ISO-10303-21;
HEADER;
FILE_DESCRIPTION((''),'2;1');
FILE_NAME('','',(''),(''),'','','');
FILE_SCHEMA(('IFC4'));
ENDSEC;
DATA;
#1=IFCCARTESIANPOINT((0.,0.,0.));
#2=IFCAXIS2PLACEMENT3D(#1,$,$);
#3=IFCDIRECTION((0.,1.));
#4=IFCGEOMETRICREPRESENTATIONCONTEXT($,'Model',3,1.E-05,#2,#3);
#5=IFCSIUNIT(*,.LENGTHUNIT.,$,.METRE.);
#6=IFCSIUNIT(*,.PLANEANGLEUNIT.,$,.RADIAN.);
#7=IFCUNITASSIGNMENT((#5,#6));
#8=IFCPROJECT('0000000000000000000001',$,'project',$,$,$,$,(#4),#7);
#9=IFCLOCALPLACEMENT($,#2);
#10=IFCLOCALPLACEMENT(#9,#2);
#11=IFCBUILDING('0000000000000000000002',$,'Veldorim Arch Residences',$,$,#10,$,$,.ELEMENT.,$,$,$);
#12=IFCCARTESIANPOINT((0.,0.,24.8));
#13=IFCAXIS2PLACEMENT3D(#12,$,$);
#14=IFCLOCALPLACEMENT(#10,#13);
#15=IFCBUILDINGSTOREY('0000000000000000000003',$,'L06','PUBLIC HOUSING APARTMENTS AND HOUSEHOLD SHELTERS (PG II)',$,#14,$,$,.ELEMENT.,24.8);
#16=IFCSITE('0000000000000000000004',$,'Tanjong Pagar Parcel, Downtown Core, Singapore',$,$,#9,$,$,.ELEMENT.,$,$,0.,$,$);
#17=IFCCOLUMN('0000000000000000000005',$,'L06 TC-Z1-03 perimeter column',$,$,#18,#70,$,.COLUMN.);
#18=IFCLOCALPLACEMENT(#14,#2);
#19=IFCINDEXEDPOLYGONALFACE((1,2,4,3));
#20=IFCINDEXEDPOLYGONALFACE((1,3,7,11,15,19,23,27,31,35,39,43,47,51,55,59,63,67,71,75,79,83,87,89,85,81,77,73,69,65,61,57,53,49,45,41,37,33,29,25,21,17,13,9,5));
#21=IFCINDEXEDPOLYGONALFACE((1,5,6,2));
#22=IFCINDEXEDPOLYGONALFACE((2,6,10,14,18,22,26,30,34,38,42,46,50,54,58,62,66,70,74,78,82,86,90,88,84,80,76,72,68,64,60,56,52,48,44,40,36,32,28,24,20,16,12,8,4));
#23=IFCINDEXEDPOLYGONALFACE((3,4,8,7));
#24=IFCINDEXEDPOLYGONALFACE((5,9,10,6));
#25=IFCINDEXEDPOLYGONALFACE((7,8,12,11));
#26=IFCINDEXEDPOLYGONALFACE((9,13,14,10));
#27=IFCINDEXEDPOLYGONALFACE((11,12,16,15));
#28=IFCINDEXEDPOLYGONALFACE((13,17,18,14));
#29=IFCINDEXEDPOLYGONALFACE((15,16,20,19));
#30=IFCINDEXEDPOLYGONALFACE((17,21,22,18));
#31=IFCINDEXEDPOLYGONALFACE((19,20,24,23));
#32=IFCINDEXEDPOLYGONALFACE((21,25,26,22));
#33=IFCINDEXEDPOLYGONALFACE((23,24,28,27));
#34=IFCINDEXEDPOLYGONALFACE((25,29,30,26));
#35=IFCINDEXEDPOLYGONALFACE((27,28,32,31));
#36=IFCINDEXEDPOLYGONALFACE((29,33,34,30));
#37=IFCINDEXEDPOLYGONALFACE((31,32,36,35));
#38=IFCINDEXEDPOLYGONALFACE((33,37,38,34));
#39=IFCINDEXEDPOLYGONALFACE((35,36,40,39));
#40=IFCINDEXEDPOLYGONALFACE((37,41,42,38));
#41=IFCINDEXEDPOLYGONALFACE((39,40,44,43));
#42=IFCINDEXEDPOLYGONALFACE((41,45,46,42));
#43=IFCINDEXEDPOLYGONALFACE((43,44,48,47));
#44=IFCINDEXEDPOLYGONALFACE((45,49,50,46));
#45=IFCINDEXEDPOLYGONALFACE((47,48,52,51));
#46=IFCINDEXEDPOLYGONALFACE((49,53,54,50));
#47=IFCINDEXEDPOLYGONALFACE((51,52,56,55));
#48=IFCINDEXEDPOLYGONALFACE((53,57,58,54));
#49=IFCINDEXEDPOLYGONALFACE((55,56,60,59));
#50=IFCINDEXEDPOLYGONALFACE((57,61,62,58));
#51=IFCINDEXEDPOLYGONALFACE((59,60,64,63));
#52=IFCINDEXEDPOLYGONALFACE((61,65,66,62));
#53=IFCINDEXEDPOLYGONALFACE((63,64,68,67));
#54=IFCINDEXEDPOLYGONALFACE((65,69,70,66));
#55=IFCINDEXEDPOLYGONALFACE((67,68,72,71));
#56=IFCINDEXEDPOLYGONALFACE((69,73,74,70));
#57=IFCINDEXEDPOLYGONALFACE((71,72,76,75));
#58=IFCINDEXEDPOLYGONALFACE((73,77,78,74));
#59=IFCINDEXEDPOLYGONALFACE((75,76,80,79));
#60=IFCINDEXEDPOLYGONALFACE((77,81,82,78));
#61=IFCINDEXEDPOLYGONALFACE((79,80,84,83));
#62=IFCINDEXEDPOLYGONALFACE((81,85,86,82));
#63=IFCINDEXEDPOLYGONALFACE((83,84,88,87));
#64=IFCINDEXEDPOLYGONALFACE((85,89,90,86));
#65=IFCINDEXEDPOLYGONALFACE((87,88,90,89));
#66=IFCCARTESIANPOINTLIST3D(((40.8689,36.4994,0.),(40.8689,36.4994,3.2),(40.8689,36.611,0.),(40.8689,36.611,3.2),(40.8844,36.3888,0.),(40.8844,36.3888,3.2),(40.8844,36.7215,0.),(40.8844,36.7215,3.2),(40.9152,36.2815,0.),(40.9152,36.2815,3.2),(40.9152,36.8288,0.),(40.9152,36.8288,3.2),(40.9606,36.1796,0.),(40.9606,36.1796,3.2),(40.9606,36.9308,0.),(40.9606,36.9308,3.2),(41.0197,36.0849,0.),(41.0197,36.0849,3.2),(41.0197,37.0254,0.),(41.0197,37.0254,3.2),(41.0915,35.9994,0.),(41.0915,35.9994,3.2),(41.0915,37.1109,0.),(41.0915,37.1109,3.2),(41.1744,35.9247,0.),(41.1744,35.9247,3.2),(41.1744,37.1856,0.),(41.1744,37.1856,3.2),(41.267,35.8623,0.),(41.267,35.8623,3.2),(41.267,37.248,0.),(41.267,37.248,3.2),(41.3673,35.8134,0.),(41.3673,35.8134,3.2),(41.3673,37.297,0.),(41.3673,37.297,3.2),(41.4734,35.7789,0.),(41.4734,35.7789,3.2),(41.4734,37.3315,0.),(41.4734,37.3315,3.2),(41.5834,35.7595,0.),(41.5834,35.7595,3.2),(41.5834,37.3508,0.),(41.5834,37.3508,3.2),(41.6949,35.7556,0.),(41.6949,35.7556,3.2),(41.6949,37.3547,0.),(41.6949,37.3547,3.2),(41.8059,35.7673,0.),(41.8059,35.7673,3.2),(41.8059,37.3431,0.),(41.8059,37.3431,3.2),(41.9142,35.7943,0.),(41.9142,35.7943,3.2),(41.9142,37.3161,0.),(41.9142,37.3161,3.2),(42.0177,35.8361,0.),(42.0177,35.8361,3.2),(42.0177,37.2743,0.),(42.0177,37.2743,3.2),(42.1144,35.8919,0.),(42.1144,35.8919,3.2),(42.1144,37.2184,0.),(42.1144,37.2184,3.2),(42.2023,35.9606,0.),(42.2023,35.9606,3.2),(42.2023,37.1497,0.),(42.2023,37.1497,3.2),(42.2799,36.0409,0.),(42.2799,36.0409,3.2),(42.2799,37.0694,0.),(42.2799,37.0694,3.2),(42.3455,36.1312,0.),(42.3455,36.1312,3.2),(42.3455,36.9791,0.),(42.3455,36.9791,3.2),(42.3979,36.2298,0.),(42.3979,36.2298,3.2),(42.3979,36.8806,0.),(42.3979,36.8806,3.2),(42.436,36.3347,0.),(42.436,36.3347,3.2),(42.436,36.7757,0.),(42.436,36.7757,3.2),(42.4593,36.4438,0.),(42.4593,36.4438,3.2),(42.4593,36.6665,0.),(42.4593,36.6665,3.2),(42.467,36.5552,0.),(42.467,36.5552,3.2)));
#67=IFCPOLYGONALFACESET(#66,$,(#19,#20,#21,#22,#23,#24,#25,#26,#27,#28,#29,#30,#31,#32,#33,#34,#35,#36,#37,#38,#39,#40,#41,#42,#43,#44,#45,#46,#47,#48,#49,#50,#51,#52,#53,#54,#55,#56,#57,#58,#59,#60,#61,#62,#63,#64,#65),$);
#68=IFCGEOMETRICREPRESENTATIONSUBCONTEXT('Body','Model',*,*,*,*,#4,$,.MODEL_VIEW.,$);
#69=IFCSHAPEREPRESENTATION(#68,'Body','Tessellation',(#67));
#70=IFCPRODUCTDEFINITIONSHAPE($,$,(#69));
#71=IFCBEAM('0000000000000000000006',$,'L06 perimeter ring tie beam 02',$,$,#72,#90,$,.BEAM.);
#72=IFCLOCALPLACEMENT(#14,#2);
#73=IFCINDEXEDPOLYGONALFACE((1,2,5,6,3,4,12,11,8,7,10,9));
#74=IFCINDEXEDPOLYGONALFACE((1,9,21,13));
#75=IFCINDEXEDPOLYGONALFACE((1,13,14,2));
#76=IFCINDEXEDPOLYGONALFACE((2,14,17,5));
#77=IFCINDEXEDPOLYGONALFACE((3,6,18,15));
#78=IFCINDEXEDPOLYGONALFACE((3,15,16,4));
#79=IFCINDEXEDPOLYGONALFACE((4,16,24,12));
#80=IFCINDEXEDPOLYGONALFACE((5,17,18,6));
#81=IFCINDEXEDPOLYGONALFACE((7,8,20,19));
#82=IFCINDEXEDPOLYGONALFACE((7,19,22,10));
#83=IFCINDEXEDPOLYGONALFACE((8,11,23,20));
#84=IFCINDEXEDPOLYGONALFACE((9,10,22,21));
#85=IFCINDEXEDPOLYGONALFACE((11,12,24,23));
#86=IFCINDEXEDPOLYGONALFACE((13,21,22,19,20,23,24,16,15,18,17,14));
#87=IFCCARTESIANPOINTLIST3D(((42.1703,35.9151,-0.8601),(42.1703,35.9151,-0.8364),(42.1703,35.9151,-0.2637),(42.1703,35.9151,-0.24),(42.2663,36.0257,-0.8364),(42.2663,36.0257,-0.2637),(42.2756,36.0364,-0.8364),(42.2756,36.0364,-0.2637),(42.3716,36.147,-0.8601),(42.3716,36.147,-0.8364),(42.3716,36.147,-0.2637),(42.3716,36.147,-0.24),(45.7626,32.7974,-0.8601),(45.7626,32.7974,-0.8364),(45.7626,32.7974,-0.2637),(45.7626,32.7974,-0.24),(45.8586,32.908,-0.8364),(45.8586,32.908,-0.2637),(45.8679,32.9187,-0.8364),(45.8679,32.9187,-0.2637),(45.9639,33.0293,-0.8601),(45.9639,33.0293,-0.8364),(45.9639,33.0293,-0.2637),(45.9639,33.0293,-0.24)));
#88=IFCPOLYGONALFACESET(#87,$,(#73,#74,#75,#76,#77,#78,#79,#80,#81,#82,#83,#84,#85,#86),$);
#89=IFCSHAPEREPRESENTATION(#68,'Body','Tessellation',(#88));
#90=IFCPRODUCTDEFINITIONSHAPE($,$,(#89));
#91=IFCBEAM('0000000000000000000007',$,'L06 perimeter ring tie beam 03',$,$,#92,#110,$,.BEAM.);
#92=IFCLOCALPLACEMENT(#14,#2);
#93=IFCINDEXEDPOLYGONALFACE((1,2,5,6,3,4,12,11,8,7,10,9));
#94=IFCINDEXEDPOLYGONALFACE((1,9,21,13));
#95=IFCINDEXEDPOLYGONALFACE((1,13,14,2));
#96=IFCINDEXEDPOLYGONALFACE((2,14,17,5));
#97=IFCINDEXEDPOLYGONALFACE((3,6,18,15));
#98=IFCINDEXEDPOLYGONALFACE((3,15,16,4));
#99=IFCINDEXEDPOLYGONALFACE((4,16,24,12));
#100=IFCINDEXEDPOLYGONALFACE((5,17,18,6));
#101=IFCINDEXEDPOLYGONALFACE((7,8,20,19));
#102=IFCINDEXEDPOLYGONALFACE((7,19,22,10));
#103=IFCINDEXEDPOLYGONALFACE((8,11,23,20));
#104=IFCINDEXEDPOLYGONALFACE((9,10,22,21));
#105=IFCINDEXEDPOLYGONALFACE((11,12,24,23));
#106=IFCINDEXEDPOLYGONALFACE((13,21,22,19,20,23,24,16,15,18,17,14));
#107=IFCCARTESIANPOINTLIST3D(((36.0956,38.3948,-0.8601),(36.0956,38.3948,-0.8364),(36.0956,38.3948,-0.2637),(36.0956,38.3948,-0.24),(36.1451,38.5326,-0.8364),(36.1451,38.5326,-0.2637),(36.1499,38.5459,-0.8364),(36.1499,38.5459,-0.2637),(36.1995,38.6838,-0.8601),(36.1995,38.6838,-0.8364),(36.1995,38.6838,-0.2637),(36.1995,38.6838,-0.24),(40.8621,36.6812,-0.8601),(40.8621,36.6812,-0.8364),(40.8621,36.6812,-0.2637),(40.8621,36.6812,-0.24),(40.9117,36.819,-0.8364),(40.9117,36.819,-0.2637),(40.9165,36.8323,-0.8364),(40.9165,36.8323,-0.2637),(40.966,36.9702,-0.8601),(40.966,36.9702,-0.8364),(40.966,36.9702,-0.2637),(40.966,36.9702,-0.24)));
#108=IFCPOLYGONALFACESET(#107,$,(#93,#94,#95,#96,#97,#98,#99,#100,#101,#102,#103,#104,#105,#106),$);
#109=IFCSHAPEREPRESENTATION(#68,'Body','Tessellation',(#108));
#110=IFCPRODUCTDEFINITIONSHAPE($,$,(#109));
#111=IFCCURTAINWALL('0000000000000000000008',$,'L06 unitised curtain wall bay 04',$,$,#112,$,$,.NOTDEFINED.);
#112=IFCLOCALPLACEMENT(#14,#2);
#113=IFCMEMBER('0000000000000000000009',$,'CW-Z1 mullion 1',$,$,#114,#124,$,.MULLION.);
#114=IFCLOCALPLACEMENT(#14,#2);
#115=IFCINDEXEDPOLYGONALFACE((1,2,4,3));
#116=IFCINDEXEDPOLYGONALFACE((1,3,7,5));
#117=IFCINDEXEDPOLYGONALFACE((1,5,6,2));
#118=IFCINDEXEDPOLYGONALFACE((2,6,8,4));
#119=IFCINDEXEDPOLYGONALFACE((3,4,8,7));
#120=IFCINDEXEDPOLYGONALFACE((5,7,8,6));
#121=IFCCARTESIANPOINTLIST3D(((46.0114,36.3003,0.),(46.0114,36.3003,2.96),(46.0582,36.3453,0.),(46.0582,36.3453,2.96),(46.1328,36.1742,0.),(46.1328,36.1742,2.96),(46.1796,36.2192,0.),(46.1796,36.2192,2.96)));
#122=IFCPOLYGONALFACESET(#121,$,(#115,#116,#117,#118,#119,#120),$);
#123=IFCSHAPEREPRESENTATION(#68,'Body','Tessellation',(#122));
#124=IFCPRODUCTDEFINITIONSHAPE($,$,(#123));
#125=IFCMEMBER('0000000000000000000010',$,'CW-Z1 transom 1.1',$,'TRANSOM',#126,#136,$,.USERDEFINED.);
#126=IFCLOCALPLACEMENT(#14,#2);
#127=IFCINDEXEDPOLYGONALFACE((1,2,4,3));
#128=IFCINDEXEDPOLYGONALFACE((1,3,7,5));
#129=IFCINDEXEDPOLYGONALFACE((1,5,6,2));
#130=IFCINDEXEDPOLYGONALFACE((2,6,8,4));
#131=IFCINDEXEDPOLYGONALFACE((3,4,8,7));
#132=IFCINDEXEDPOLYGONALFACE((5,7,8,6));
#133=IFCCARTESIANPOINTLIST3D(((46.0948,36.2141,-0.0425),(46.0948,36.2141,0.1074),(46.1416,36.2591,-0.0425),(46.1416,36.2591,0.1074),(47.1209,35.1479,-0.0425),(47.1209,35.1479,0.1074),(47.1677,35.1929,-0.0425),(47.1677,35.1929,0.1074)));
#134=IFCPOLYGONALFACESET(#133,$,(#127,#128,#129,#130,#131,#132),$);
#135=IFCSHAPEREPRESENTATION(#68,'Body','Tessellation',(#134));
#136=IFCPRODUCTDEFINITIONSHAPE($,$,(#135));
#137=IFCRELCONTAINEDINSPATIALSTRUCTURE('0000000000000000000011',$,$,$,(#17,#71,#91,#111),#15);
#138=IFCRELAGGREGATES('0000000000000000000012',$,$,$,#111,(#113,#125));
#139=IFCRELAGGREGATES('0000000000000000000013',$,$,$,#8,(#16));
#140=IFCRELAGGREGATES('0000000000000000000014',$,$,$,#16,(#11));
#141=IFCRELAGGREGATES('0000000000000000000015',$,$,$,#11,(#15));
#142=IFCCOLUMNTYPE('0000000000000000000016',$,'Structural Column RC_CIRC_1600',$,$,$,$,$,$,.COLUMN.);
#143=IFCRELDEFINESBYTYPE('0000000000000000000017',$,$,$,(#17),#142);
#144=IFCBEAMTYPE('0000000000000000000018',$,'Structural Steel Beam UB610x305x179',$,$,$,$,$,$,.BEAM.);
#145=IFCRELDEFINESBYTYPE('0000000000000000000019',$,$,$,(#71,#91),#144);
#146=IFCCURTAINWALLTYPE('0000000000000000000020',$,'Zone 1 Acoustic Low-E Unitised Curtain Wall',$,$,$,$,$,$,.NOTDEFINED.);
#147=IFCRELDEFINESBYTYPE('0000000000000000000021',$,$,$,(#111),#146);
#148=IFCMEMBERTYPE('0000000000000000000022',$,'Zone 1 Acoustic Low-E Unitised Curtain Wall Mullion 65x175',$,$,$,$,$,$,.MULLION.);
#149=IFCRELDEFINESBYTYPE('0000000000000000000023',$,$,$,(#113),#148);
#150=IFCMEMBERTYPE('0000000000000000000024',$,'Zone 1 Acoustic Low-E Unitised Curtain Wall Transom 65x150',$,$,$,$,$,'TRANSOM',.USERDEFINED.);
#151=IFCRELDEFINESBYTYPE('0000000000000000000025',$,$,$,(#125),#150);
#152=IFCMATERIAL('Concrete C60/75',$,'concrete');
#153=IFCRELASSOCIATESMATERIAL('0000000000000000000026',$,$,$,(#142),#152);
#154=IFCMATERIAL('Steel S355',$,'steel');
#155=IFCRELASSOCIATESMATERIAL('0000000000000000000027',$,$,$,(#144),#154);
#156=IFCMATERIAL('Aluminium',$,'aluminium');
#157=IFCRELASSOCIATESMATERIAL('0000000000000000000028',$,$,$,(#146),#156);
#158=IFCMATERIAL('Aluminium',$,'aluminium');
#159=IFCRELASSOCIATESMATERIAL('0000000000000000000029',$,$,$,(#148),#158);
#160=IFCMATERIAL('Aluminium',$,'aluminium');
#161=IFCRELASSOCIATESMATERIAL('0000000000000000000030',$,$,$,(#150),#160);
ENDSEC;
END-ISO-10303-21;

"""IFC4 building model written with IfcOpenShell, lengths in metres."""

from ifc_helpers import new_model, si_unit, direction, frame, origin, origin_2d, place, context, subcontext, project, spatial, rectangle, circle, i_section, extrude, material, material_profile, profile_set, type_object, element, aggregate, save


model = new_model("IFC4")

# Units and contexts
model_context = context("Model", 3, precision=1e-05, world=origin(), true_north=direction((0.0, 1.0)))
body_context = subcontext(model_context, "Body", "Model", "MODEL_VIEW")
ifc_project = project(units=[si_unit("LENGTHUNIT", "METRE"), si_unit("PLANEANGLEUNIT", "RADIAN")], contexts=[model_context])

# Site, building, storey
site_placement = place(None, origin())
site = spatial("IfcSite", under=ifc_project, at=site_placement, Name="Tanjong Pagar Parcel, Downtown Core, Singapore", CompositionType="ELEMENT", RefElevation=0.0)
building_placement = place(site_placement, origin())
building = spatial("IfcBuilding", under=site, at=building_placement, Name="Veldorim Arch Residences", CompositionType="ELEMENT")
storey_placement = place(building_placement, frame((0.0, 0.0, 24.8)))
storey = spatial("IfcBuildingStorey", under=building, at=storey_placement, Name="L06", Description="PUBLIC HOUSING APARTMENTS AND HOUSEHOLD SHELTERS (PG II)", CompositionType="ELEMENT", Elevation=24.8)

# Column
ifc_material_1 = material(Name="Concrete C60/75", Category="concrete")
ifc_material_profile_1 = material_profile(ifc_material_1, circle(Radius=0.8, at=origin_2d()), Name="RC_CIRC_1600")
ifc_profile_set_1 = profile_set([ifc_material_profile_1], Name="Concrete C60/75")
column_type = type_object("IfcColumnType", Name="Structural Column RC_CIRC_1600", PredefinedType="COLUMN", material=ifc_profile_set_1)
column_placement = place(storey_placement, frame((41.667, 36.5552, 0.0), z_axis=(0.0, 0.0, 1.0), x_axis=(1.0, 0.0, 0.0)))
element("IfcColumn", 1, at=column_placement, inside=storey, type_object=column_type, Name="L06 TC-Z1-03 perimeter column", PredefinedType="COLUMN", context=body_context, shape_type="SweptSolid", body=[
    extrude(circle(Radius=0.8, at=origin_2d()), origin(), (0.0, 0.0, 1.0), 3.2),
])

# Beams
ifc_material_2 = material(Name="Steel S355", Category="steel")
ifc_material_profile_2 = material_profile(ifc_material_2, i_section(OverallWidth=0.3071, OverallDepth=0.6201, WebThickness=0.0142, FlangeThickness=0.0237, at=origin_2d()), Name="UB610x305x179")
ifc_profile_set_2 = profile_set([ifc_material_profile_2], Name="Steel S355")
beam_type = type_object("IfcBeamType", Name="Structural Steel Beam UB610x305x179", PredefinedType="BEAM", material=ifc_profile_set_2)
beam_1_placement = place(storey_placement, frame((45.8633, 32.9133, -0.55), z_axis=(-0.755235, 0.655454, 0.0), x_axis=(-0.655454, -0.755235, 0.0)))
element("IfcBeam", 2, at=beam_1_placement, inside=storey, type_object=beam_type, Name="L06 perimeter ring tie beam 02", PredefinedType="BEAM", context=body_context, shape_type="SweptSolid", body=[
    extrude(i_section(OverallWidth=0.3071, OverallDepth=0.6201, WebThickness=0.0142, FlangeThickness=0.0237, at=origin_2d()), origin(), (0.0, 0.0, 1.0), 4.7566),
])
beam_2_placement = place(storey_placement, frame((40.9141, 36.8257, -0.55), z_axis=(-0.941035, 0.338308, 0.0), x_axis=(-0.338308, -0.941035, 0.0)))
element("IfcBeam", 3, at=beam_2_placement, inside=storey, type_object=beam_type, Name="L06 perimeter ring tie beam 03", PredefinedType="BEAM", context=body_context, shape_type="SweptSolid", body=[
    extrude(i_section(OverallWidth=0.3071, OverallDepth=0.6201, WebThickness=0.0142, FlangeThickness=0.0237, at=origin_2d()), origin(), (0.0, 0.0, 1.0), 5.0652),
])

# Curtain wall, members
ifc_material_3 = material(Name="Aluminium", Category="aluminium")
curtain_wall_type = type_object("IfcCurtainWallType", Name="Zone 1 Acoustic Low-E Unitised Curtain Wall", PredefinedType="NOTDEFINED", material=ifc_material_3)
curtain_wall_placement = place(storey_placement, origin())
curtain_wall = element("IfcCurtainWall", 4, at=curtain_wall_placement, inside=storey, type_object=curtain_wall_type, Name="L06 unitised curtain wall bay 04", PredefinedType="NOTDEFINED")
ifc_material_4 = material(Name="Aluminium", Category="aluminium")
ifc_material_profile_3 = material_profile(ifc_material_4, rectangle(XDim=0.0649, YDim=0.175, at=origin_2d()), Name="ALU_MUL_65x175")
ifc_profile_set_3 = profile_set([ifc_material_profile_3], Name="Aluminium")
member_type_1 = type_object("IfcMemberType", Name="Zone 1 Acoustic Low-E Unitised Curtain Wall Mullion 65x175", PredefinedType="MULLION", material=ifc_profile_set_3)
member_1_placement = place(storey_placement, frame((46.0955, 36.2598, 0.0), z_axis=(0.0, 0.0, 1.0), x_axis=(0.720421, 0.693538, 0.0)))
member_1 = element("IfcMember", 5, at=member_1_placement, type_object=member_type_1, Name="CW-Z1 mullion 1", PredefinedType="MULLION", context=body_context, shape_type="SweptSolid", body=[
    extrude(rectangle(XDim=0.0649, YDim=0.175, at=origin_2d()), origin(), (0.0, 0.0, 1.0), 2.96),
])
ifc_material_5 = material(Name="Aluminium", Category="aluminium")
ifc_material_profile_4 = material_profile(ifc_material_5, rectangle(XDim=0.0649, YDim=0.1499, at=origin_2d()), Name="ALU_TRN_65x150")
ifc_profile_set_4 = profile_set([ifc_material_profile_4], Name="Aluminium")
member_type_2 = type_object("IfcMemberType", Name="Zone 1 Acoustic Low-E Unitised Curtain Wall Transom 65x150", ElementType="TRANSOM", PredefinedType="USERDEFINED", material=ifc_profile_set_4)
member_2_placement = place(storey_placement, frame((46.1182, 36.2366, 0.0325), z_axis=(0.693448, -0.720506, 0.0), x_axis=(0.720506, 0.693448, 0.0)))
member_2 = element("IfcMember", 6, at=member_2_placement, type_object=member_type_2, Name="CW-Z1 transom 1.1", ObjectType="TRANSOM", PredefinedType="USERDEFINED", context=body_context, shape_type="SweptSolid", body=[
    extrude(rectangle(XDim=0.0649, YDim=0.1499, at=origin_2d()), origin(), (0.0, 0.0, 1.0), 1.4797),
])
aggregate(curtain_wall, [member_1, member_2])

save(model, "model.ifc")
